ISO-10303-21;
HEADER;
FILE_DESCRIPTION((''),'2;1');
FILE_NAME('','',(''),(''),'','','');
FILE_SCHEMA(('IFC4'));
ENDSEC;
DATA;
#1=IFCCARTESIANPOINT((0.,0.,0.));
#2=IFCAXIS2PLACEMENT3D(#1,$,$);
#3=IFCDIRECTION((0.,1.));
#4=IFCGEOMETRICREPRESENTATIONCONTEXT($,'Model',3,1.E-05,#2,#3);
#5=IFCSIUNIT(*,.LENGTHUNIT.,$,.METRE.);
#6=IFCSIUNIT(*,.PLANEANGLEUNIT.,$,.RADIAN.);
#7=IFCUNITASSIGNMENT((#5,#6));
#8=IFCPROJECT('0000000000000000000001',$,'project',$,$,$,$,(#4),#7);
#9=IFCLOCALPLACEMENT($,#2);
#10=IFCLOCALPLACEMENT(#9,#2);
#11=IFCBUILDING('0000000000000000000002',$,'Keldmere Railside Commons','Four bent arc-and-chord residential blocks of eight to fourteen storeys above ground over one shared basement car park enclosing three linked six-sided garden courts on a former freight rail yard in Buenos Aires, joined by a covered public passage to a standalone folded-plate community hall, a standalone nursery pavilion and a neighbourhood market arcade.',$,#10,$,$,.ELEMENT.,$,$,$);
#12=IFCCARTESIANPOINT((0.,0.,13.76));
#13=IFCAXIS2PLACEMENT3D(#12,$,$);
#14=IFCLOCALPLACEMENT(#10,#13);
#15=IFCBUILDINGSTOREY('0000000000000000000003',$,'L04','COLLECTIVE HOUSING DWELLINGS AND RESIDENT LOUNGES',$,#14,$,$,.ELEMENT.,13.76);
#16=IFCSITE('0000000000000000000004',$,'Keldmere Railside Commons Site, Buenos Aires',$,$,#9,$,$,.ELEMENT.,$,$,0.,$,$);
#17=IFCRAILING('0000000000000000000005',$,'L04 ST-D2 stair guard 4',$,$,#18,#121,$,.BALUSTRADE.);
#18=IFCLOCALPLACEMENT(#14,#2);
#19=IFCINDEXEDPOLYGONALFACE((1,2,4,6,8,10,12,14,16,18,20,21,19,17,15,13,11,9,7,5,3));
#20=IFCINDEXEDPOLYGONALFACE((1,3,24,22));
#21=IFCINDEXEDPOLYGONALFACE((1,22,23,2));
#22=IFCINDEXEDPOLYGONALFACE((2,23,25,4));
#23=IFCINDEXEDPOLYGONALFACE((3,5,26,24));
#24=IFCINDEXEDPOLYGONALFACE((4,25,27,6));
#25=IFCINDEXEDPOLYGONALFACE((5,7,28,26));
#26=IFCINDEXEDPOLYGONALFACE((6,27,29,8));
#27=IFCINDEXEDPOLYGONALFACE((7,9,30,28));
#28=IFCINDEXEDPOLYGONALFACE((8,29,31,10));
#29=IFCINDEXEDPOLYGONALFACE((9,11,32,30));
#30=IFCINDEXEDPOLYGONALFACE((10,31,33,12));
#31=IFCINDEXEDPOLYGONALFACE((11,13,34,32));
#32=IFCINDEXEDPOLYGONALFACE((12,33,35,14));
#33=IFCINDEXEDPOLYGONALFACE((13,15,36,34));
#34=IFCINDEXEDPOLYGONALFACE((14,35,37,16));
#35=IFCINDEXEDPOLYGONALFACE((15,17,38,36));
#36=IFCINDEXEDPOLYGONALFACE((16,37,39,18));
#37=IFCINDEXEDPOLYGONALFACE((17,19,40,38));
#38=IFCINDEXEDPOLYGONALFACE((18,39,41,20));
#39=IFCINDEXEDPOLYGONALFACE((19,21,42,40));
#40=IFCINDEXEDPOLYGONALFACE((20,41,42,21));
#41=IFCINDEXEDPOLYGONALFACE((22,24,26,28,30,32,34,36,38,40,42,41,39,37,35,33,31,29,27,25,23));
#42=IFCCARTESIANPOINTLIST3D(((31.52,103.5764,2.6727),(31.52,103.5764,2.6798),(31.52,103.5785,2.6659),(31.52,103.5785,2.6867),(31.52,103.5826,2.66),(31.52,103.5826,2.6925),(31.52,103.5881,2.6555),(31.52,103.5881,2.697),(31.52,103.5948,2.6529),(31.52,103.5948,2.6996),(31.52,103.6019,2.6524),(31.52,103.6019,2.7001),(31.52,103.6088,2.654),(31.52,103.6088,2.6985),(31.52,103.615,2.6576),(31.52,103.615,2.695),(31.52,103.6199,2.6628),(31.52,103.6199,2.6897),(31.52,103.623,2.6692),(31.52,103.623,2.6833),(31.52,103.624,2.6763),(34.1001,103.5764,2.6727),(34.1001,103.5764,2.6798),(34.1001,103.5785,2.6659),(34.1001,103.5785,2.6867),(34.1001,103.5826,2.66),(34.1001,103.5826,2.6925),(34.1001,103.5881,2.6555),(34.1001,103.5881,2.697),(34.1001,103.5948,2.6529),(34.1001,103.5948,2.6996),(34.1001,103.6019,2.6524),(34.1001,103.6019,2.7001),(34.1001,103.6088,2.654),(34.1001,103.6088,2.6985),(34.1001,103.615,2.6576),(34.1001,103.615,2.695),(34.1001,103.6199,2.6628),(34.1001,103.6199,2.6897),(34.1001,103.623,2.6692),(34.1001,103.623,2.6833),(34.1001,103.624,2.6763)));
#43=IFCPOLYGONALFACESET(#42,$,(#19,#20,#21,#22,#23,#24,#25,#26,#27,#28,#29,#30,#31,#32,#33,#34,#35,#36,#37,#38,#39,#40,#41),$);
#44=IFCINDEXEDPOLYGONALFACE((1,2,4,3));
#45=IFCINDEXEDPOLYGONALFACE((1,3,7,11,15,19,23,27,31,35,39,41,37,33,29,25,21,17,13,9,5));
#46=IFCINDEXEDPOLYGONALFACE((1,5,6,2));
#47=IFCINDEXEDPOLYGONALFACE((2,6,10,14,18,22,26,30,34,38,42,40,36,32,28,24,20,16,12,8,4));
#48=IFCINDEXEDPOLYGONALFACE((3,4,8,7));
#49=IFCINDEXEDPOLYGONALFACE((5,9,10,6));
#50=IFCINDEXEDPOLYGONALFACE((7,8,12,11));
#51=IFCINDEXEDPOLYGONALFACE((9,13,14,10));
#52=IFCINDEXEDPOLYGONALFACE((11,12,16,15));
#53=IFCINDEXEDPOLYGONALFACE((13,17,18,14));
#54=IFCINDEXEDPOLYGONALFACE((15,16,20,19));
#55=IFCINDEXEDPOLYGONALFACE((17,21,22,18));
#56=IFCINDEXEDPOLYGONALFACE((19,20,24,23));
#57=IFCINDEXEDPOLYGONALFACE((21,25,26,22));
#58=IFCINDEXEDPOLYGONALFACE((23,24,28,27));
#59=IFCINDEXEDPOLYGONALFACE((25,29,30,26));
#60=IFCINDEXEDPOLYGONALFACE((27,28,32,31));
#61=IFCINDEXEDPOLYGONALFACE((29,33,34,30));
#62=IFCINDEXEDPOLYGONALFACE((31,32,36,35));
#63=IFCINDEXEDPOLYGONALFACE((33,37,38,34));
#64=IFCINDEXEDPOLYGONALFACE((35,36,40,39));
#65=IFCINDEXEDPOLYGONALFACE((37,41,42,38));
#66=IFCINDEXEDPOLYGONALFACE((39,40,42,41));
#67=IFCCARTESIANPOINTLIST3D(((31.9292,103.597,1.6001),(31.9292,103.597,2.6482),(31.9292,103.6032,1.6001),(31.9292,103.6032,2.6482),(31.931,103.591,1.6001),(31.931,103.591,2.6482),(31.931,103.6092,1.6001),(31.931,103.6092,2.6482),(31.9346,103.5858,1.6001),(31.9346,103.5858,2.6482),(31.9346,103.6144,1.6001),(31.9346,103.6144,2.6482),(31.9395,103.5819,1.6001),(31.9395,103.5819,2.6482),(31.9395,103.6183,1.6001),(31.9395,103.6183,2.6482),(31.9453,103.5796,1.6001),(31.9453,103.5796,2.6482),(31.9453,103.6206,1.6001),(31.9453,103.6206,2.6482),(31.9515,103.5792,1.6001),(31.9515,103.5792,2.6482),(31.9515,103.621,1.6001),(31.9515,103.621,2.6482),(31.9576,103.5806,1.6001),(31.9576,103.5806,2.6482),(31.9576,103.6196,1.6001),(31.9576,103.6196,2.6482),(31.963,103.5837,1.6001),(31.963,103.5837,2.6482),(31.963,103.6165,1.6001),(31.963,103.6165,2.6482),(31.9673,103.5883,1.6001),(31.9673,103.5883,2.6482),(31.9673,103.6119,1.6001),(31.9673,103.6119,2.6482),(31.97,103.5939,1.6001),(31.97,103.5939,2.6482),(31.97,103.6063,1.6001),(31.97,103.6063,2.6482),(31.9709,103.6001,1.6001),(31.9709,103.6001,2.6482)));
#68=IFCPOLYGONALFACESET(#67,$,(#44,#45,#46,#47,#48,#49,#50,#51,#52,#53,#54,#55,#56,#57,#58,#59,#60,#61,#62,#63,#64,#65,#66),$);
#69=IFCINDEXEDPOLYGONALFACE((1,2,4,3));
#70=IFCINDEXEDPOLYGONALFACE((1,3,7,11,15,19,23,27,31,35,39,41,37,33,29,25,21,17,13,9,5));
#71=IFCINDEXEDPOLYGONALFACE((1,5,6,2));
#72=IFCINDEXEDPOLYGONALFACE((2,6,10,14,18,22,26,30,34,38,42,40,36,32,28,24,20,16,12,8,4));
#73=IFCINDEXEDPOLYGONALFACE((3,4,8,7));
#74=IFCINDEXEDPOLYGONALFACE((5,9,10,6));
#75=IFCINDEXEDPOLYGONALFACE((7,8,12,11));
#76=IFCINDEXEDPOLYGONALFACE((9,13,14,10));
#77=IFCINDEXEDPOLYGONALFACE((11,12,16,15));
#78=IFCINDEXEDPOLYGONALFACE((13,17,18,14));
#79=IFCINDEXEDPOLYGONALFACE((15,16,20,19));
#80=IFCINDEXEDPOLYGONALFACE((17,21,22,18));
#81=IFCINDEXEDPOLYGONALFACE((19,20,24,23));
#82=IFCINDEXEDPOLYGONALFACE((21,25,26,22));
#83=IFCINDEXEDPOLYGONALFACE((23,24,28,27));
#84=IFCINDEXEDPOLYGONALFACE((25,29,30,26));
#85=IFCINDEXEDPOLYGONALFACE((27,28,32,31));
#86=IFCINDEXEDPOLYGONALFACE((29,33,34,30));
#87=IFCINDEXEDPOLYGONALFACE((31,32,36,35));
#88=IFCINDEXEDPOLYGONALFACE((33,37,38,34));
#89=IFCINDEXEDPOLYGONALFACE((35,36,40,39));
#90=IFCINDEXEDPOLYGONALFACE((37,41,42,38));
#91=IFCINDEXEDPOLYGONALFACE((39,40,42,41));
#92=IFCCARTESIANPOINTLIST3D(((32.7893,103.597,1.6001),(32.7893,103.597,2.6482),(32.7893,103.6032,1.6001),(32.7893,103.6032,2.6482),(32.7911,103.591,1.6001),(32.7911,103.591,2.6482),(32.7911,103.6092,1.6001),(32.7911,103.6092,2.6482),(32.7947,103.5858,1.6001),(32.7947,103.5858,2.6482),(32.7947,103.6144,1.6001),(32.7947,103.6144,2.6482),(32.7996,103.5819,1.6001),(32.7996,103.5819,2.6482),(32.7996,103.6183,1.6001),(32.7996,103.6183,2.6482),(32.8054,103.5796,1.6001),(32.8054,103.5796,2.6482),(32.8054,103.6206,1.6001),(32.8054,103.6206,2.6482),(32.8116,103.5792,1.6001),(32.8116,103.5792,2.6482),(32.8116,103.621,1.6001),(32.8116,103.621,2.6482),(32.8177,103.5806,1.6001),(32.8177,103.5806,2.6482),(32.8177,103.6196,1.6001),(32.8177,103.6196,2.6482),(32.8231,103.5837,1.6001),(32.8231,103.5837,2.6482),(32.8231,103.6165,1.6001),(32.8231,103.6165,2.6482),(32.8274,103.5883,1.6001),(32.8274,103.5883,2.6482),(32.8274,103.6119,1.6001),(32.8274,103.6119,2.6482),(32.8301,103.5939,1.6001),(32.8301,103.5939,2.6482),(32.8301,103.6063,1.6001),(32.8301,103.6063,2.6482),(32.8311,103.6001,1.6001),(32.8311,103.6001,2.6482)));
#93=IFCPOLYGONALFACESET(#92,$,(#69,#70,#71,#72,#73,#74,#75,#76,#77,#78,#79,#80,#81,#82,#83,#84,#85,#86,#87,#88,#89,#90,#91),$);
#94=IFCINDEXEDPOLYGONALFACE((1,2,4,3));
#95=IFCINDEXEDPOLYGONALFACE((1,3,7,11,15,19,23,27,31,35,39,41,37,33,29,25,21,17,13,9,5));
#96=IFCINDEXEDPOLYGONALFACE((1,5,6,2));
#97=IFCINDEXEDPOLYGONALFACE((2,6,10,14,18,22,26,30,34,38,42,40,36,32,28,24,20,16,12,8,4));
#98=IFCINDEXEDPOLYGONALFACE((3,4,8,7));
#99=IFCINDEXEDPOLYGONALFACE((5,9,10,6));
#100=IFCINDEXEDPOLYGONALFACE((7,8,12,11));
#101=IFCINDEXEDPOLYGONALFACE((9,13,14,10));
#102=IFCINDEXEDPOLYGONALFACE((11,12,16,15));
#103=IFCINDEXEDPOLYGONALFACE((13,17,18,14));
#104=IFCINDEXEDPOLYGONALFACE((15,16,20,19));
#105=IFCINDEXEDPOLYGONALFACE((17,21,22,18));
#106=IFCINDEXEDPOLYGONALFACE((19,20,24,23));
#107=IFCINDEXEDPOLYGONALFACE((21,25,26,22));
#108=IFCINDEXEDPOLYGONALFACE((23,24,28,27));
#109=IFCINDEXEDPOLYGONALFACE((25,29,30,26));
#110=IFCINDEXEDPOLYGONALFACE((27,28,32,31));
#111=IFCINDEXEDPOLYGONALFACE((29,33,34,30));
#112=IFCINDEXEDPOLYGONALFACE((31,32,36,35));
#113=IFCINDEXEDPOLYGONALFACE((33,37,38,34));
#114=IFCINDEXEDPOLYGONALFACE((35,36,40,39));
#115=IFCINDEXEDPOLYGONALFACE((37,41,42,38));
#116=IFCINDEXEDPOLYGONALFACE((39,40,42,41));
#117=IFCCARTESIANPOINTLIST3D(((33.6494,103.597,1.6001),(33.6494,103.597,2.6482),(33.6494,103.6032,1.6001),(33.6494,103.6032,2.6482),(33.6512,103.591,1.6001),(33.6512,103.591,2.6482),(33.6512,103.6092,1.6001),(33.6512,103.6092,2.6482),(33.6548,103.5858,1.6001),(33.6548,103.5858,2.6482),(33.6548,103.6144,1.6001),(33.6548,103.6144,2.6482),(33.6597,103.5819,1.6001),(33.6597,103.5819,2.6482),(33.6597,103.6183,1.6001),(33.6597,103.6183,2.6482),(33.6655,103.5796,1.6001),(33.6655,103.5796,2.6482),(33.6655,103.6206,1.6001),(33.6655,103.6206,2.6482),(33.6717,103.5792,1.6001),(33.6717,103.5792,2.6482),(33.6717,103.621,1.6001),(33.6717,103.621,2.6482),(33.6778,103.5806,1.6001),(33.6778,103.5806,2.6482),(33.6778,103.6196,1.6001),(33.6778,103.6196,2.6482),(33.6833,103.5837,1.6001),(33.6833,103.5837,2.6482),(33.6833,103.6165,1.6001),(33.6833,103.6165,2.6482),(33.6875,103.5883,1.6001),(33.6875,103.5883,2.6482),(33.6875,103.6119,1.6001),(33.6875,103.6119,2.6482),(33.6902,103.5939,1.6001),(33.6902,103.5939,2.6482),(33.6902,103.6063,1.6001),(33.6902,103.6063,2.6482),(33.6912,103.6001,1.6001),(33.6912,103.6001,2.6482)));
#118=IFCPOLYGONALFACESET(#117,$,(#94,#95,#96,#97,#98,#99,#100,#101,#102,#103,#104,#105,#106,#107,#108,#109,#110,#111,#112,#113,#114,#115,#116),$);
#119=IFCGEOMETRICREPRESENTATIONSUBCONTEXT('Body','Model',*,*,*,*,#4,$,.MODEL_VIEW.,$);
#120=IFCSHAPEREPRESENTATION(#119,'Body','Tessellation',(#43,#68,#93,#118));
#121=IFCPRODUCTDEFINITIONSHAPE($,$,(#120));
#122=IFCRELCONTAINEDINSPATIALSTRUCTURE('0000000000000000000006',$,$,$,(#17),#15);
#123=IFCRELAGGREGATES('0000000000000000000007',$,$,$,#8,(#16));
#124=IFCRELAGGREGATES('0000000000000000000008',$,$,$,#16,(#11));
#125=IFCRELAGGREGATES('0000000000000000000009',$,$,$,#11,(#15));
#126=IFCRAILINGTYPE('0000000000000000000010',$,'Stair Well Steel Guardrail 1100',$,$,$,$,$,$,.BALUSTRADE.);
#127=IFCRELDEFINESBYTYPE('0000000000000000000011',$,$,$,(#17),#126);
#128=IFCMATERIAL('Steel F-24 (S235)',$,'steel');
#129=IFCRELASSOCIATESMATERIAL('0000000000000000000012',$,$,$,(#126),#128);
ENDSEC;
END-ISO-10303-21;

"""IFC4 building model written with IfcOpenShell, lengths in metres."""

from ifc_helpers import new_model, si_unit, direction, frame, origin, origin_2d, place, context, subcontext, project, spatial, circle, extrude, material, type_object, element, save


model = new_model("IFC4")

# Units and contexts
model_context = context("Model", 3, precision=1e-05, world=origin(), true_north=direction((0.0, 1.0)))
body_context = subcontext(model_context, "Body", "Model", "MODEL_VIEW")
ifc_project = project(units=[si_unit("LENGTHUNIT", "METRE"), si_unit("PLANEANGLEUNIT", "RADIAN")], contexts=[model_context])

# Site, building, storey
site_placement = place(None, origin())
site = spatial("IfcSite", under=ifc_project, at=site_placement, Name="Keldmere Railside Commons Site, Buenos Aires", CompositionType="ELEMENT", RefElevation=0.0)
building_placement = place(site_placement, origin())
building = spatial("IfcBuilding", under=site, at=building_placement, Name="Keldmere Railside Commons", Description="Four bent arc-and-chord residential blocks of eight to fourteen storeys above ground over one shared basement car park enclosing three linked six-sided garden courts on a former freight rail yard in Buenos Aires, joined by a covered public passage to a standalone folded-plate community hall, a standalone nursery pavilion and a neighbourhood market arcade.", CompositionType="ELEMENT")
storey_placement = place(building_placement, frame((0.0, 0.0, 13.76)))
storey = spatial("IfcBuildingStorey", under=building, at=storey_placement, Name="L04", Description="COLLECTIVE HOUSING DWELLINGS AND RESIDENT LOUNGES", CompositionType="ELEMENT", Elevation=13.76)

# Shared definitions
ifc_material_1 = material(Name="Steel F-24 (S235)", Category="steel")

# Railing
railing_type_1 = type_object("IfcRailingType", Name="Stair Well Steel Guardrail 1100", PredefinedType="BALUSTRADE", material=ifc_material_1)
railing_1_placement = place(storey_placement, frame((31.52, 103.6001, 1.6001)))
element("IfcRailing", 1, at=railing_1_placement, inside=storey, type_object=railing_type_1, Name="L04 ST-D2 stair guard 4", PredefinedType="BALUSTRADE", context=body_context, shape_type="SweptSolid", body=[
    extrude(circle(Radius=0.0239, at=origin_2d()), frame((0.0, 0.0, 1.0762), z_axis=(1.0, 0.0, 0.0), x_axis=(0.0, 1.0, 0.0)), (0.0, 0.0, 1.0), 2.5801),
    extrude(circle(Radius=0.021, at=origin_2d()), frame((0.4299, 0.0, 0.0)), (0.0, 0.0, 1.0), 1.0481),
    extrude(circle(Radius=0.021, at=origin_2d()), frame((1.29, 0.0, 0.0)), (0.0, 0.0, 1.0), 1.0481),
    extrude(circle(Radius=0.021, at=origin_2d()), frame((2.1501, 0.0, 0.0)), (0.0, 0.0, 1.0), 1.0481),
])

save(model, "model.ifc")
